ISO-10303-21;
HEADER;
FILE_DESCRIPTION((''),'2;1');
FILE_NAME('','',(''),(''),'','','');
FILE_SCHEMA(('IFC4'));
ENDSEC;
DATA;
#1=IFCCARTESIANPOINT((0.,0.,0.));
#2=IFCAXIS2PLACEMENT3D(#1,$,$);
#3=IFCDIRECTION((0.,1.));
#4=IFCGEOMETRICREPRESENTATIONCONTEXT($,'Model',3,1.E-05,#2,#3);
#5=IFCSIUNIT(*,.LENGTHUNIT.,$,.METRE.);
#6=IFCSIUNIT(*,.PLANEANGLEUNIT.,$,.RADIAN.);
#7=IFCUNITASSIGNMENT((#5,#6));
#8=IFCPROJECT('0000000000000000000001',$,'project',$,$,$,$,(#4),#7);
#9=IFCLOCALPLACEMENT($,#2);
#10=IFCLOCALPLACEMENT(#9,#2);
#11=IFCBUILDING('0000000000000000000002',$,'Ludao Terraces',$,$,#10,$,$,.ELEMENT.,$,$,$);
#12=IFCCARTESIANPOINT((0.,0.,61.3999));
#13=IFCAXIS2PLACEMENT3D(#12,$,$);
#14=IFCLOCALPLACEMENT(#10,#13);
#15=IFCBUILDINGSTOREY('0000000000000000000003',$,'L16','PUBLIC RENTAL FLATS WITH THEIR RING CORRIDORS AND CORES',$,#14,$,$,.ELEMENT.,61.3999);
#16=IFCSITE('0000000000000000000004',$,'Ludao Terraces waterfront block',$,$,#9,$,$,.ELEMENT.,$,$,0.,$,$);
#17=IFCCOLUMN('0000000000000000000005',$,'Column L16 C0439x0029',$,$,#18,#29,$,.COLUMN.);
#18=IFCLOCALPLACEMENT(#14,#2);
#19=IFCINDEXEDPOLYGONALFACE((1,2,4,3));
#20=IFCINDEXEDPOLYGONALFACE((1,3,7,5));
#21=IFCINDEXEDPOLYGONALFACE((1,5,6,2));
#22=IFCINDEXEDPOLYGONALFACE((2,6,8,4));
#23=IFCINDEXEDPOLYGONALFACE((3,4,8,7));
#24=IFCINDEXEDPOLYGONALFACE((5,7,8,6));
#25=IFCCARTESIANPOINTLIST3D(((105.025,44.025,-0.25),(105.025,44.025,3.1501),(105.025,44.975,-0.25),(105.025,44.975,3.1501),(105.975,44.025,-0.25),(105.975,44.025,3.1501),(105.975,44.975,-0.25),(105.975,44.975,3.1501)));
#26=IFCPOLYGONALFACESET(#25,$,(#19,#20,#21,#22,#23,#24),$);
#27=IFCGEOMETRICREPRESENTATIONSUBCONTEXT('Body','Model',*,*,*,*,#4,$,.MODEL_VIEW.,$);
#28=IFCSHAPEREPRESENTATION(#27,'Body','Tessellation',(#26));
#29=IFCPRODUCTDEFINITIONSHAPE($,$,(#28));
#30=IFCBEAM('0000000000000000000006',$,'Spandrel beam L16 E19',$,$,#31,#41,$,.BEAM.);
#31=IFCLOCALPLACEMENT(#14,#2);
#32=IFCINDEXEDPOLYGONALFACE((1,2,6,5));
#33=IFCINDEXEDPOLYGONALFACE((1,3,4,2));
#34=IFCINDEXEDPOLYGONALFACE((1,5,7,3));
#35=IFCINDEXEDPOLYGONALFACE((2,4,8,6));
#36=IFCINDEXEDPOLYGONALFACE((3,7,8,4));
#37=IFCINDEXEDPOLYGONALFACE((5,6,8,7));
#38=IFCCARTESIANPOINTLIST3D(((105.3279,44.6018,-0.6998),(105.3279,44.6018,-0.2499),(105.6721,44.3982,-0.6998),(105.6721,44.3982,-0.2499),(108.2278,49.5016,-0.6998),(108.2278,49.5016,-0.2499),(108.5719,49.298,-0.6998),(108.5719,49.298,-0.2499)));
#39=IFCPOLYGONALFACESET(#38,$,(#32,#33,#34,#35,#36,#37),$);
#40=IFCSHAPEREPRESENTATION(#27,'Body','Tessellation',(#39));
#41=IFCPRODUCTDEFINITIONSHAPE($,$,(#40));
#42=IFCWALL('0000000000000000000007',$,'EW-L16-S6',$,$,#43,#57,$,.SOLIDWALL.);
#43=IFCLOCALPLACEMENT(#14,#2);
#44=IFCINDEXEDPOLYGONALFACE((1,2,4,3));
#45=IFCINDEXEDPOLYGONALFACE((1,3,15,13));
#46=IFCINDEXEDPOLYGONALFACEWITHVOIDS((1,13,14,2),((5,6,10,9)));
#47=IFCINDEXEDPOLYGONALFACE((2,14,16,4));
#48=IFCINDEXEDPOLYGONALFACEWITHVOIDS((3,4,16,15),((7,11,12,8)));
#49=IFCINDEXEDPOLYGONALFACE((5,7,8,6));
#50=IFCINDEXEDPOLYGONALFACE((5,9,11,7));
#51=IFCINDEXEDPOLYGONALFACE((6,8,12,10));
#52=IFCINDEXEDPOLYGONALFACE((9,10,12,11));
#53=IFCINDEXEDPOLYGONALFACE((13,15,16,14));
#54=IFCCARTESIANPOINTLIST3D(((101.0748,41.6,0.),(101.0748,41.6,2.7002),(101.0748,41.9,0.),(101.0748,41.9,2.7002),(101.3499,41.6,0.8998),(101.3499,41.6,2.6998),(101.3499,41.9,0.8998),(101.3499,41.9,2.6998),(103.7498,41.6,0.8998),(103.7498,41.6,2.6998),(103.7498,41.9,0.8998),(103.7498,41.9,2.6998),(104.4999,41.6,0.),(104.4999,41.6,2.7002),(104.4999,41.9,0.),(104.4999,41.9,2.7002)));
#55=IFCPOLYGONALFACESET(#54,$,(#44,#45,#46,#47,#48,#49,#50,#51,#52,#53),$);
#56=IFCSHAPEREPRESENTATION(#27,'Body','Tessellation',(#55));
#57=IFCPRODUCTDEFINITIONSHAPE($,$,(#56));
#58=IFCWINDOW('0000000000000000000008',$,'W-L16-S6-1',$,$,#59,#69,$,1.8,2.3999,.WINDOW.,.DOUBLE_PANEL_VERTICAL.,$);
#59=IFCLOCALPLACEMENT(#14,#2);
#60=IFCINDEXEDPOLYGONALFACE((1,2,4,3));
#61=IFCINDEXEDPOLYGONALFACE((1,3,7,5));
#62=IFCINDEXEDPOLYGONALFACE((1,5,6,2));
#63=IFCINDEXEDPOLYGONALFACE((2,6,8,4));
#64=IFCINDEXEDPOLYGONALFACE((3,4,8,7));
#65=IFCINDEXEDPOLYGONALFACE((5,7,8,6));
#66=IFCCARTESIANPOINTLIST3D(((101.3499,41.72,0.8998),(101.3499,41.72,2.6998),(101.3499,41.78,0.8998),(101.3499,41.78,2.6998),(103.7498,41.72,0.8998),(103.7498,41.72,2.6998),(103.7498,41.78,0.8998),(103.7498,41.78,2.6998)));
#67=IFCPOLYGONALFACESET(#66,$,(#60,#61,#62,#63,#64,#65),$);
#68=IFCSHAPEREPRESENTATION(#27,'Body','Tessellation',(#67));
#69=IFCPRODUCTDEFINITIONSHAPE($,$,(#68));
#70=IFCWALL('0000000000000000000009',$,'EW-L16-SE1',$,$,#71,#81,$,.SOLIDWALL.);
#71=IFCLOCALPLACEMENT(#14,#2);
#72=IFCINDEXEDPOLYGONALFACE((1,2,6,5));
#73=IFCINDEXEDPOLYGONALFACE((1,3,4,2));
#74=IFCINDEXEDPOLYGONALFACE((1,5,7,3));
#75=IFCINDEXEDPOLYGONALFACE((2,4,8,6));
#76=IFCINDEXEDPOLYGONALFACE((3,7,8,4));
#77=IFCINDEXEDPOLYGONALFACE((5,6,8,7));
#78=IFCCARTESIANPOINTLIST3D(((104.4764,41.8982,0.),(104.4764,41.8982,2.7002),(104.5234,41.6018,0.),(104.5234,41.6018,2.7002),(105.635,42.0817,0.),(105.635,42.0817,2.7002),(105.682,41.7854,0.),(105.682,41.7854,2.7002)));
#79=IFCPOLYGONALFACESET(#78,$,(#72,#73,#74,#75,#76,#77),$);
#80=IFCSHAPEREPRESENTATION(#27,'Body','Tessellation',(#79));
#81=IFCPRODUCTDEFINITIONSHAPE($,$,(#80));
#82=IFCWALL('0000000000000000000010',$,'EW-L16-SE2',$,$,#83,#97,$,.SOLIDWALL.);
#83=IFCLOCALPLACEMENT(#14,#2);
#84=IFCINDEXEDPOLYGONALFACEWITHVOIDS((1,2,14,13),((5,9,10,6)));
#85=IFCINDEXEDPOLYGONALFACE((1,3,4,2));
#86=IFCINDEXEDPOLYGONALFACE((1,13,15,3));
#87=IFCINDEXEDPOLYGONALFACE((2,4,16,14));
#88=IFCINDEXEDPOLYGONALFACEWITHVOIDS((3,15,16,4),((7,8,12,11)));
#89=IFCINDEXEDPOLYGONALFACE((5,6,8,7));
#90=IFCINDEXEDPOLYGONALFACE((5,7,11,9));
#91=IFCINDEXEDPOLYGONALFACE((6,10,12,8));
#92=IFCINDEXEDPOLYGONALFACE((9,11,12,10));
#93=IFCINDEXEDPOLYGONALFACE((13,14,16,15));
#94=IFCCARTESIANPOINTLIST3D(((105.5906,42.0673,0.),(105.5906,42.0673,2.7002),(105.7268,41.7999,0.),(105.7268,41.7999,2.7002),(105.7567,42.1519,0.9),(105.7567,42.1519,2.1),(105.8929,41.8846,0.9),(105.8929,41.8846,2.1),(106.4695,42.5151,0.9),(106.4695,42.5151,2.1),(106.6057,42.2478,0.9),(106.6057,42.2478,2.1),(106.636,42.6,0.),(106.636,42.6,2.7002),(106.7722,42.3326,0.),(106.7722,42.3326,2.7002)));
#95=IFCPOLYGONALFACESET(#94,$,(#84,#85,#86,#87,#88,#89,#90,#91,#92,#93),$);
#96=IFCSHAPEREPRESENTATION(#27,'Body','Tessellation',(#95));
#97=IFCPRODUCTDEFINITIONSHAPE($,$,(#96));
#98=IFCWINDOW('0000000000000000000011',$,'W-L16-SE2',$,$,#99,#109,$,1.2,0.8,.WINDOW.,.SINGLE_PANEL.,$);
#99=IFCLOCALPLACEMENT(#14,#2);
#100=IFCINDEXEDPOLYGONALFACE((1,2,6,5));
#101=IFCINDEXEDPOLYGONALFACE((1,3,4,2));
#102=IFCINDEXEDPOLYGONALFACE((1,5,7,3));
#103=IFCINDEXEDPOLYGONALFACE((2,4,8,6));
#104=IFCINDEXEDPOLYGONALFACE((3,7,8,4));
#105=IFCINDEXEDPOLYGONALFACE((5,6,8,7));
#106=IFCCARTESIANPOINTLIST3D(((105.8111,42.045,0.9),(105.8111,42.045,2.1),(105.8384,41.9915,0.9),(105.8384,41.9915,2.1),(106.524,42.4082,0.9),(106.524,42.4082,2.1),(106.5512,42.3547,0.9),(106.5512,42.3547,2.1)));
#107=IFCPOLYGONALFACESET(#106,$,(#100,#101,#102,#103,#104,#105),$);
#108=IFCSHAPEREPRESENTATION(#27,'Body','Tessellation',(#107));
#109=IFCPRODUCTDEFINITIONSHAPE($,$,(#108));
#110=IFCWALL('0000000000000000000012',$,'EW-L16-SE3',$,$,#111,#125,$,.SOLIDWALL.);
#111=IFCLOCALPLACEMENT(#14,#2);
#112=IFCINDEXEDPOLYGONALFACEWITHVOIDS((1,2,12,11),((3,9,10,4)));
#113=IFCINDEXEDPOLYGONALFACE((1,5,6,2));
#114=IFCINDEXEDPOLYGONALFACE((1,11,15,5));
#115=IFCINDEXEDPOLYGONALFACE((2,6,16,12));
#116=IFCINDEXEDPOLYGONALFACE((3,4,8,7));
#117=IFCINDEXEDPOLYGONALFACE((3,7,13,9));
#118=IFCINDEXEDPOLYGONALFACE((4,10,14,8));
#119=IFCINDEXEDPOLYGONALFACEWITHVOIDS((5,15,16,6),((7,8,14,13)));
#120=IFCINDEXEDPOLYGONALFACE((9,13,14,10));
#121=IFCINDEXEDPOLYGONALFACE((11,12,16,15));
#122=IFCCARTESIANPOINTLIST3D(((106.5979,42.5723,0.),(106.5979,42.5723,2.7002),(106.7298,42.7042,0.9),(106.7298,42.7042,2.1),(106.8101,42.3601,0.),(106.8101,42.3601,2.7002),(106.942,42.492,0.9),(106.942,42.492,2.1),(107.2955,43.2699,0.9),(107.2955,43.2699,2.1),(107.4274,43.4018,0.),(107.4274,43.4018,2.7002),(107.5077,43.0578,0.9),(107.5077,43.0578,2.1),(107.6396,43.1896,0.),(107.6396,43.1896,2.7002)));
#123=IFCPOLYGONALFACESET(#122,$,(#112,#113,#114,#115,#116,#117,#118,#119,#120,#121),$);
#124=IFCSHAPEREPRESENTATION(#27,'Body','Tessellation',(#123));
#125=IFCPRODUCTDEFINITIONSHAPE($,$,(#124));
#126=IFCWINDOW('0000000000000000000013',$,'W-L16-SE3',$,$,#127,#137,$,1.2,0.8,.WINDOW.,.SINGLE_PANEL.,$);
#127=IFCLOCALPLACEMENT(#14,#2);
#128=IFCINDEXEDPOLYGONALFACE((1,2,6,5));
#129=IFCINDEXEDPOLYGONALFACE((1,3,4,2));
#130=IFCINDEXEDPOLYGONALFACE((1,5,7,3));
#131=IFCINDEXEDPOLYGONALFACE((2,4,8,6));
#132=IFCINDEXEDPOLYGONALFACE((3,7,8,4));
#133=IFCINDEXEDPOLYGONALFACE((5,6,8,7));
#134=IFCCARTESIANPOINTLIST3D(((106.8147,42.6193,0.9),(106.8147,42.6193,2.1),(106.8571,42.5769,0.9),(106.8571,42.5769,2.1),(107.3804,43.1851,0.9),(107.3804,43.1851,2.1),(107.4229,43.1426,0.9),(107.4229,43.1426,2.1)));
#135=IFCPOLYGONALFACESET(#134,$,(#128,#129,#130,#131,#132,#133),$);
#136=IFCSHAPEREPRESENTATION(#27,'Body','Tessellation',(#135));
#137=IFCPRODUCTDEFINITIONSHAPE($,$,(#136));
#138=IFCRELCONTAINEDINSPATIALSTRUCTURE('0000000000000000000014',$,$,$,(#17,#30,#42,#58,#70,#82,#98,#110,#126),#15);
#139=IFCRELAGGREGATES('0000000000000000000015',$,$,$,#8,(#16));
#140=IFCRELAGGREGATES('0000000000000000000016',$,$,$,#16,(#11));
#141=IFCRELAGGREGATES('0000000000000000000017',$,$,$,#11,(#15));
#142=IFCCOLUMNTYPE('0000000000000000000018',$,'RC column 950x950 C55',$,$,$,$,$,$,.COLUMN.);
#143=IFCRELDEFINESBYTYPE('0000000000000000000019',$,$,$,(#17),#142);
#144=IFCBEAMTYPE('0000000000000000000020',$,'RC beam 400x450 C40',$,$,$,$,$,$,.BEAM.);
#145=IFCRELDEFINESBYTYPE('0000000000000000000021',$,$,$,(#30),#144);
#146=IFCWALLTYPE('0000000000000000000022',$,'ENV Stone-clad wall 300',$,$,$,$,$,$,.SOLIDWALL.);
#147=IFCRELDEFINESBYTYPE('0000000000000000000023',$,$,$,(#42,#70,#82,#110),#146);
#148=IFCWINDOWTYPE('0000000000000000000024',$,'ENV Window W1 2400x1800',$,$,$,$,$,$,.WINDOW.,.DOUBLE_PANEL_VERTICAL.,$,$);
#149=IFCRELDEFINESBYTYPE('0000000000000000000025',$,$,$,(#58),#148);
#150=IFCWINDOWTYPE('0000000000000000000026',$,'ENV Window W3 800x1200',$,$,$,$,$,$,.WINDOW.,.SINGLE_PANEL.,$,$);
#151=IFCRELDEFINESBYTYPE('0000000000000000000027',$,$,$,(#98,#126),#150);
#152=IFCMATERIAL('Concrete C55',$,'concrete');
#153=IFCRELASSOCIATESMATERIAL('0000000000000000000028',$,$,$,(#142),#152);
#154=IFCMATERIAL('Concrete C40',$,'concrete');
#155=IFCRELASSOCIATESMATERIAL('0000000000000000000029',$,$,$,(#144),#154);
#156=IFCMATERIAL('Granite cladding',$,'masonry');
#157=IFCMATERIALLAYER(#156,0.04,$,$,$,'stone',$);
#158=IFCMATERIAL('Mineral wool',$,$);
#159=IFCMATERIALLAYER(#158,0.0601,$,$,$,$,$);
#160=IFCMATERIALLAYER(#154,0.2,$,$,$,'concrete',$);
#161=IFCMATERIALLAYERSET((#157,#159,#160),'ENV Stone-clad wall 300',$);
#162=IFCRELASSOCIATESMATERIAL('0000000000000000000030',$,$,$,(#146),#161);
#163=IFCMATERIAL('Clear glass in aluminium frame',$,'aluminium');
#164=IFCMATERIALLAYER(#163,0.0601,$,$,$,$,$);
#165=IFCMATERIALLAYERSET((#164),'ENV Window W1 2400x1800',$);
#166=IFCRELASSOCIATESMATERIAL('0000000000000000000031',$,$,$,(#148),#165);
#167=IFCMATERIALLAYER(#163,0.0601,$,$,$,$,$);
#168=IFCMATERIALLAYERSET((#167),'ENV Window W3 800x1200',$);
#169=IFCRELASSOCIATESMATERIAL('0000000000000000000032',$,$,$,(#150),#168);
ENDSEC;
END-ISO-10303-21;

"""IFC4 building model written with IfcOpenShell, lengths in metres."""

from ifc_helpers import new_model, si_unit, direction, frame, frame_2d, origin, origin_2d, place, context, subcontext, project, spatial, rectangle, extrude, material, layer, layer_set, material_profile, profile_set, type_object, element, fill, save


model = new_model("IFC4")

# Units and contexts
model_context = context("Model", 3, precision=1e-05, world=origin(), true_north=direction((0.0, 1.0)))
body_context = subcontext(model_context, "Body", "Model", "MODEL_VIEW")
ifc_project = project(units=[si_unit("LENGTHUNIT", "METRE"), si_unit("PLANEANGLEUNIT", "RADIAN")], contexts=[model_context])

# Site, building, storey
site_placement = place(None, origin())
site = spatial("IfcSite", under=ifc_project, at=site_placement, Name="Ludao Terraces waterfront block", CompositionType="ELEMENT", RefElevation=0.0)
building_placement = place(site_placement, origin())
building = spatial("IfcBuilding", under=site, at=building_placement, Name="Ludao Terraces", CompositionType="ELEMENT")
storey_placement = place(building_placement, frame((0.0, 0.0, 61.3999)))
storey = spatial("IfcBuildingStorey", under=building, at=storey_placement, Name="L16", Description="PUBLIC RENTAL FLATS WITH THEIR RING CORRIDORS AND CORES", CompositionType="ELEMENT", Elevation=61.3999)

# Column
ifc_material_1 = material(Name="Concrete C55", Category="concrete")
ifc_material_profile_1 = material_profile(ifc_material_1, rectangle(XDim=0.95, YDim=0.95, at=origin_2d()), Name="950 X 950")
ifc_profile_set_1 = profile_set([ifc_material_profile_1], Name="Concrete C55")
column_type = type_object("IfcColumnType", Name="RC column 950x950 C55", PredefinedType="COLUMN", material=ifc_profile_set_1)
column_placement = place(storey_placement, frame((105.5, 44.5, -0.25), z_axis=(0.0, 0.0, 1.0), x_axis=(1.0, 0.0, 0.0)))
element("IfcColumn", 1, at=column_placement, inside=storey, type_object=column_type, Name="Column L16 C0439x0029", PredefinedType="COLUMN", context=body_context, shape_type="SweptSolid", body=[
    extrude(rectangle(XDim=0.95, YDim=0.95, at=origin_2d()), origin(), (0.0, 0.0, 1.0), 3.4001),
])

# Beam
ifc_material_2 = material(Name="Concrete C40", Category="concrete")
ifc_material_profile_2 = material_profile(ifc_material_2, rectangle(XDim=0.3999, YDim=0.45, at=origin_2d()), Name="400 X 450")
ifc_profile_set_2 = profile_set([ifc_material_profile_2], Name="Concrete C40")
beam_type = type_object("IfcBeamType", Name="RC beam 400x450 C40", PredefinedType="BEAM", material=ifc_profile_set_2)
beam_placement = place(storey_placement, frame((105.5, 44.5, -0.4749), z_axis=(0.509316, 0.86058, 0.0), x_axis=(-0.86058, 0.509316, 0.0)))
element("IfcBeam", 2, at=beam_placement, inside=storey, type_object=beam_type, Name="Spandrel beam L16 E19", PredefinedType="BEAM", context=body_context, shape_type="SweptSolid", body=[
    extrude(rectangle(XDim=0.3999, YDim=0.45, at=origin_2d()), origin(), (0.0, 0.0, 1.0), 5.6936),
])

# Wall, opening, window
ifc_material_3 = material(Name="Granite cladding", Category="masonry")
ifc_layer_1 = layer(ifc_material_3, 0.04, Category="stone")
ifc_material_4 = material(Name="Mineral wool")
ifc_layer_2 = layer(ifc_material_4, 0.0601)
ifc_layer_3 = layer(ifc_material_2, 0.2, Category="concrete")
ifc_layer_set_1 = layer_set([ifc_layer_1, ifc_layer_2, ifc_layer_3], Name="ENV Stone-clad wall 300")
wall_type_1 = type_object("IfcWallType", Name="ENV Stone-clad wall 300", PredefinedType="SOLIDWALL", material=ifc_layer_set_1)
wall_1_placement = place(storey_placement, frame((101.075, 41.75, 0.0), z_axis=(0.0, 0.0, 1.0), x_axis=(1.0, 0.0, 0.0)))
wall_1 = element("IfcWall", 3, at=wall_1_placement, inside=storey, type_object=wall_type_1, Name="EW-L16-S6", PredefinedType="SOLIDWALL", context=body_context, shape_type="SweptSolid", body=[
    extrude(rectangle(XDim=3.425, YDim=0.3, at=frame_2d((1.7124, 0.0))), origin(), (0.0, 0.0, 1.0), 2.7002),
])
opening_1_placement = place(wall_1_placement, frame((0.2749, 0.0, 0.8999)))
opening_1 = element("IfcOpeningElement", 4, at=opening_1_placement, cuts=wall_1, PredefinedType="OPENING", context=body_context, shape_type="SweptSolid", body=[
    extrude(rectangle(XDim=2.3999, YDim=1.8, at=frame_2d((1.2, 0.8999))), frame((0.0, 0.1602, 0.0), z_axis=(0.0, -1.0, 0.0), x_axis=(1.0, 0.0, 0.0)), (0.0, 0.0, 1.0), 0.3201),
])
ifc_material_5 = material(Name="Clear glass in aluminium frame", Category="aluminium")
ifc_layer_4 = layer(ifc_material_5, 0.0601)
ifc_layer_set_2 = layer_set([ifc_layer_4], Name="ENV Window W1 2400x1800")
window_type_1 = type_object("IfcWindowType", Name="ENV Window W1 2400x1800", PartitioningType="DOUBLE_PANEL_VERTICAL", PredefinedType="WINDOW", material=ifc_layer_set_2)
window_1_placement = place(opening_1_placement, origin())
window_1 = element("IfcWindow", 5, at=window_1_placement, inside=storey, type_object=window_type_1, Name="W-L16-S6-1", OverallHeight=1.8, OverallWidth=2.3999, PartitioningType="DOUBLE_PANEL_VERTICAL", PredefinedType="WINDOW", context=body_context, shape_type="SweptSolid", body=[
    extrude(rectangle(XDim=2.3999, YDim=1.8, at=frame_2d((1.2, 0.8999))), frame((0.0, 0.03, 0.0), z_axis=(0.0, -1.0, 0.0), x_axis=(1.0, 0.0, 0.0)), (0.0, 0.0, 1.0), 0.0601),
])
fill(opening_1, window_1)

# Wall
wall_2_placement = place(storey_placement, frame((104.5, 41.75, 0.0), z_axis=(0.0, 0.0, 1.0), x_axis=(0.987678, 0.156497, 0.0)))
element("IfcWall", 6, at=wall_2_placement, inside=storey, type_object=wall_type_1, Name="EW-L16-SE1", PredefinedType="SOLIDWALL", context=body_context, shape_type="SweptSolid", body=[
    extrude(rectangle(XDim=1.1731, YDim=0.3, at=frame_2d((0.5864, 0.0))), origin(), (0.0, 0.0, 1.0), 2.7002),
])

# Walls, openings, windows
wall_3_placement = place(storey_placement, frame((105.6587, 41.9336, 0.0), z_axis=(0.0, 0.0, 1.0), x_axis=(0.890989, 0.454026, 0.0)))
wall_3 = element("IfcWall", 7, at=wall_3_placement, inside=storey, type_object=wall_type_1, Name="EW-L16-SE2", PredefinedType="SOLIDWALL", context=body_context, shape_type="SweptSolid", body=[
    extrude(rectangle(XDim=1.1733, YDim=0.3, at=frame_2d((0.5867, 0.0))), origin(), (0.0, 0.0, 1.0), 2.7002),
])
opening_2_placement = place(wall_3_placement, frame((0.1865, 0.0, 0.8999)))
opening_2 = element("IfcOpeningElement", 8, at=opening_2_placement, cuts=wall_3, PredefinedType="OPENING", context=body_context, shape_type="SweptSolid", body=[
    extrude(rectangle(XDim=0.8, YDim=1.2, at=frame_2d((0.3999, 0.6001))), frame((0.0, 0.1602, 0.0), z_axis=(0.0, -1.0, 0.0), x_axis=(1.0, 0.0, 0.0)), (0.0, 0.0, 1.0), 0.3201),
])
ifc_layer_5 = layer(ifc_material_5, 0.0601)
ifc_layer_set_3 = layer_set([ifc_layer_5], Name="ENV Window W3 800x1200")
window_type_2 = type_object("IfcWindowType", Name="ENV Window W3 800x1200", PartitioningType="SINGLE_PANEL", PredefinedType="WINDOW", material=ifc_layer_set_3)
window_2_placement = place(opening_2_placement, origin())
window_2 = element("IfcWindow", 9, at=window_2_placement, inside=storey, type_object=window_type_2, Name="W-L16-SE2", OverallHeight=1.2, OverallWidth=0.8, PartitioningType="SINGLE_PANEL", PredefinedType="WINDOW", context=body_context, shape_type="SweptSolid", body=[
    extrude(rectangle(XDim=0.8, YDim=1.2, at=frame_2d((0.3999, 0.6001))), frame((0.0, 0.03, 0.0), z_axis=(0.0, -1.0, 0.0), x_axis=(1.0, 0.0, 0.0)), (0.0, 0.0, 1.0), 0.0601),
])
fill(opening_2, window_2)
wall_4_placement = place(storey_placement, frame((106.7041, 42.4663, 0.0), z_axis=(0.0, 0.0, 1.0), x_axis=(0.707107, 0.707107, 0.0)))
wall_4 = element("IfcWall", 10, at=wall_4_placement, inside=storey, type_object=wall_type_1, Name="EW-L16-SE3", PredefinedType="SOLIDWALL", context=body_context, shape_type="SweptSolid", body=[
    extrude(rectangle(XDim=1.1731, YDim=0.3, at=frame_2d((0.5864, 0.0))), origin(), (0.0, 0.0, 1.0), 2.7002),
])
opening_3_placement = place(wall_4_placement, frame((0.1865, 0.0, 0.8999)))
opening_3 = element("IfcOpeningElement", 11, at=opening_3_placement, cuts=wall_4, PredefinedType="OPENING", context=body_context, shape_type="SweptSolid", body=[
    extrude(rectangle(XDim=0.8, YDim=1.2, at=frame_2d((0.3999, 0.6001))), frame((0.0, 0.1602, 0.0), z_axis=(0.0, -1.0, 0.0), x_axis=(1.0, 0.0, 0.0)), (0.0, 0.0, 1.0), 0.3201),
])
window_3_placement = place(opening_3_placement, origin())
window_3 = element("IfcWindow", 12, at=window_3_placement, inside=storey, type_object=window_type_2, Name="W-L16-SE3", OverallHeight=1.2, OverallWidth=0.8, PartitioningType="SINGLE_PANEL", PredefinedType="WINDOW", context=body_context, shape_type="SweptSolid", body=[
    extrude(rectangle(XDim=0.8, YDim=1.2, at=frame_2d((0.3999, 0.6001))), frame((0.0, 0.03, 0.0), z_axis=(0.0, -1.0, 0.0), x_axis=(1.0, 0.0, 0.0)), (0.0, 0.0, 1.0), 0.0601),
])
fill(opening_3, window_3)

save(model, "model.ifc")
